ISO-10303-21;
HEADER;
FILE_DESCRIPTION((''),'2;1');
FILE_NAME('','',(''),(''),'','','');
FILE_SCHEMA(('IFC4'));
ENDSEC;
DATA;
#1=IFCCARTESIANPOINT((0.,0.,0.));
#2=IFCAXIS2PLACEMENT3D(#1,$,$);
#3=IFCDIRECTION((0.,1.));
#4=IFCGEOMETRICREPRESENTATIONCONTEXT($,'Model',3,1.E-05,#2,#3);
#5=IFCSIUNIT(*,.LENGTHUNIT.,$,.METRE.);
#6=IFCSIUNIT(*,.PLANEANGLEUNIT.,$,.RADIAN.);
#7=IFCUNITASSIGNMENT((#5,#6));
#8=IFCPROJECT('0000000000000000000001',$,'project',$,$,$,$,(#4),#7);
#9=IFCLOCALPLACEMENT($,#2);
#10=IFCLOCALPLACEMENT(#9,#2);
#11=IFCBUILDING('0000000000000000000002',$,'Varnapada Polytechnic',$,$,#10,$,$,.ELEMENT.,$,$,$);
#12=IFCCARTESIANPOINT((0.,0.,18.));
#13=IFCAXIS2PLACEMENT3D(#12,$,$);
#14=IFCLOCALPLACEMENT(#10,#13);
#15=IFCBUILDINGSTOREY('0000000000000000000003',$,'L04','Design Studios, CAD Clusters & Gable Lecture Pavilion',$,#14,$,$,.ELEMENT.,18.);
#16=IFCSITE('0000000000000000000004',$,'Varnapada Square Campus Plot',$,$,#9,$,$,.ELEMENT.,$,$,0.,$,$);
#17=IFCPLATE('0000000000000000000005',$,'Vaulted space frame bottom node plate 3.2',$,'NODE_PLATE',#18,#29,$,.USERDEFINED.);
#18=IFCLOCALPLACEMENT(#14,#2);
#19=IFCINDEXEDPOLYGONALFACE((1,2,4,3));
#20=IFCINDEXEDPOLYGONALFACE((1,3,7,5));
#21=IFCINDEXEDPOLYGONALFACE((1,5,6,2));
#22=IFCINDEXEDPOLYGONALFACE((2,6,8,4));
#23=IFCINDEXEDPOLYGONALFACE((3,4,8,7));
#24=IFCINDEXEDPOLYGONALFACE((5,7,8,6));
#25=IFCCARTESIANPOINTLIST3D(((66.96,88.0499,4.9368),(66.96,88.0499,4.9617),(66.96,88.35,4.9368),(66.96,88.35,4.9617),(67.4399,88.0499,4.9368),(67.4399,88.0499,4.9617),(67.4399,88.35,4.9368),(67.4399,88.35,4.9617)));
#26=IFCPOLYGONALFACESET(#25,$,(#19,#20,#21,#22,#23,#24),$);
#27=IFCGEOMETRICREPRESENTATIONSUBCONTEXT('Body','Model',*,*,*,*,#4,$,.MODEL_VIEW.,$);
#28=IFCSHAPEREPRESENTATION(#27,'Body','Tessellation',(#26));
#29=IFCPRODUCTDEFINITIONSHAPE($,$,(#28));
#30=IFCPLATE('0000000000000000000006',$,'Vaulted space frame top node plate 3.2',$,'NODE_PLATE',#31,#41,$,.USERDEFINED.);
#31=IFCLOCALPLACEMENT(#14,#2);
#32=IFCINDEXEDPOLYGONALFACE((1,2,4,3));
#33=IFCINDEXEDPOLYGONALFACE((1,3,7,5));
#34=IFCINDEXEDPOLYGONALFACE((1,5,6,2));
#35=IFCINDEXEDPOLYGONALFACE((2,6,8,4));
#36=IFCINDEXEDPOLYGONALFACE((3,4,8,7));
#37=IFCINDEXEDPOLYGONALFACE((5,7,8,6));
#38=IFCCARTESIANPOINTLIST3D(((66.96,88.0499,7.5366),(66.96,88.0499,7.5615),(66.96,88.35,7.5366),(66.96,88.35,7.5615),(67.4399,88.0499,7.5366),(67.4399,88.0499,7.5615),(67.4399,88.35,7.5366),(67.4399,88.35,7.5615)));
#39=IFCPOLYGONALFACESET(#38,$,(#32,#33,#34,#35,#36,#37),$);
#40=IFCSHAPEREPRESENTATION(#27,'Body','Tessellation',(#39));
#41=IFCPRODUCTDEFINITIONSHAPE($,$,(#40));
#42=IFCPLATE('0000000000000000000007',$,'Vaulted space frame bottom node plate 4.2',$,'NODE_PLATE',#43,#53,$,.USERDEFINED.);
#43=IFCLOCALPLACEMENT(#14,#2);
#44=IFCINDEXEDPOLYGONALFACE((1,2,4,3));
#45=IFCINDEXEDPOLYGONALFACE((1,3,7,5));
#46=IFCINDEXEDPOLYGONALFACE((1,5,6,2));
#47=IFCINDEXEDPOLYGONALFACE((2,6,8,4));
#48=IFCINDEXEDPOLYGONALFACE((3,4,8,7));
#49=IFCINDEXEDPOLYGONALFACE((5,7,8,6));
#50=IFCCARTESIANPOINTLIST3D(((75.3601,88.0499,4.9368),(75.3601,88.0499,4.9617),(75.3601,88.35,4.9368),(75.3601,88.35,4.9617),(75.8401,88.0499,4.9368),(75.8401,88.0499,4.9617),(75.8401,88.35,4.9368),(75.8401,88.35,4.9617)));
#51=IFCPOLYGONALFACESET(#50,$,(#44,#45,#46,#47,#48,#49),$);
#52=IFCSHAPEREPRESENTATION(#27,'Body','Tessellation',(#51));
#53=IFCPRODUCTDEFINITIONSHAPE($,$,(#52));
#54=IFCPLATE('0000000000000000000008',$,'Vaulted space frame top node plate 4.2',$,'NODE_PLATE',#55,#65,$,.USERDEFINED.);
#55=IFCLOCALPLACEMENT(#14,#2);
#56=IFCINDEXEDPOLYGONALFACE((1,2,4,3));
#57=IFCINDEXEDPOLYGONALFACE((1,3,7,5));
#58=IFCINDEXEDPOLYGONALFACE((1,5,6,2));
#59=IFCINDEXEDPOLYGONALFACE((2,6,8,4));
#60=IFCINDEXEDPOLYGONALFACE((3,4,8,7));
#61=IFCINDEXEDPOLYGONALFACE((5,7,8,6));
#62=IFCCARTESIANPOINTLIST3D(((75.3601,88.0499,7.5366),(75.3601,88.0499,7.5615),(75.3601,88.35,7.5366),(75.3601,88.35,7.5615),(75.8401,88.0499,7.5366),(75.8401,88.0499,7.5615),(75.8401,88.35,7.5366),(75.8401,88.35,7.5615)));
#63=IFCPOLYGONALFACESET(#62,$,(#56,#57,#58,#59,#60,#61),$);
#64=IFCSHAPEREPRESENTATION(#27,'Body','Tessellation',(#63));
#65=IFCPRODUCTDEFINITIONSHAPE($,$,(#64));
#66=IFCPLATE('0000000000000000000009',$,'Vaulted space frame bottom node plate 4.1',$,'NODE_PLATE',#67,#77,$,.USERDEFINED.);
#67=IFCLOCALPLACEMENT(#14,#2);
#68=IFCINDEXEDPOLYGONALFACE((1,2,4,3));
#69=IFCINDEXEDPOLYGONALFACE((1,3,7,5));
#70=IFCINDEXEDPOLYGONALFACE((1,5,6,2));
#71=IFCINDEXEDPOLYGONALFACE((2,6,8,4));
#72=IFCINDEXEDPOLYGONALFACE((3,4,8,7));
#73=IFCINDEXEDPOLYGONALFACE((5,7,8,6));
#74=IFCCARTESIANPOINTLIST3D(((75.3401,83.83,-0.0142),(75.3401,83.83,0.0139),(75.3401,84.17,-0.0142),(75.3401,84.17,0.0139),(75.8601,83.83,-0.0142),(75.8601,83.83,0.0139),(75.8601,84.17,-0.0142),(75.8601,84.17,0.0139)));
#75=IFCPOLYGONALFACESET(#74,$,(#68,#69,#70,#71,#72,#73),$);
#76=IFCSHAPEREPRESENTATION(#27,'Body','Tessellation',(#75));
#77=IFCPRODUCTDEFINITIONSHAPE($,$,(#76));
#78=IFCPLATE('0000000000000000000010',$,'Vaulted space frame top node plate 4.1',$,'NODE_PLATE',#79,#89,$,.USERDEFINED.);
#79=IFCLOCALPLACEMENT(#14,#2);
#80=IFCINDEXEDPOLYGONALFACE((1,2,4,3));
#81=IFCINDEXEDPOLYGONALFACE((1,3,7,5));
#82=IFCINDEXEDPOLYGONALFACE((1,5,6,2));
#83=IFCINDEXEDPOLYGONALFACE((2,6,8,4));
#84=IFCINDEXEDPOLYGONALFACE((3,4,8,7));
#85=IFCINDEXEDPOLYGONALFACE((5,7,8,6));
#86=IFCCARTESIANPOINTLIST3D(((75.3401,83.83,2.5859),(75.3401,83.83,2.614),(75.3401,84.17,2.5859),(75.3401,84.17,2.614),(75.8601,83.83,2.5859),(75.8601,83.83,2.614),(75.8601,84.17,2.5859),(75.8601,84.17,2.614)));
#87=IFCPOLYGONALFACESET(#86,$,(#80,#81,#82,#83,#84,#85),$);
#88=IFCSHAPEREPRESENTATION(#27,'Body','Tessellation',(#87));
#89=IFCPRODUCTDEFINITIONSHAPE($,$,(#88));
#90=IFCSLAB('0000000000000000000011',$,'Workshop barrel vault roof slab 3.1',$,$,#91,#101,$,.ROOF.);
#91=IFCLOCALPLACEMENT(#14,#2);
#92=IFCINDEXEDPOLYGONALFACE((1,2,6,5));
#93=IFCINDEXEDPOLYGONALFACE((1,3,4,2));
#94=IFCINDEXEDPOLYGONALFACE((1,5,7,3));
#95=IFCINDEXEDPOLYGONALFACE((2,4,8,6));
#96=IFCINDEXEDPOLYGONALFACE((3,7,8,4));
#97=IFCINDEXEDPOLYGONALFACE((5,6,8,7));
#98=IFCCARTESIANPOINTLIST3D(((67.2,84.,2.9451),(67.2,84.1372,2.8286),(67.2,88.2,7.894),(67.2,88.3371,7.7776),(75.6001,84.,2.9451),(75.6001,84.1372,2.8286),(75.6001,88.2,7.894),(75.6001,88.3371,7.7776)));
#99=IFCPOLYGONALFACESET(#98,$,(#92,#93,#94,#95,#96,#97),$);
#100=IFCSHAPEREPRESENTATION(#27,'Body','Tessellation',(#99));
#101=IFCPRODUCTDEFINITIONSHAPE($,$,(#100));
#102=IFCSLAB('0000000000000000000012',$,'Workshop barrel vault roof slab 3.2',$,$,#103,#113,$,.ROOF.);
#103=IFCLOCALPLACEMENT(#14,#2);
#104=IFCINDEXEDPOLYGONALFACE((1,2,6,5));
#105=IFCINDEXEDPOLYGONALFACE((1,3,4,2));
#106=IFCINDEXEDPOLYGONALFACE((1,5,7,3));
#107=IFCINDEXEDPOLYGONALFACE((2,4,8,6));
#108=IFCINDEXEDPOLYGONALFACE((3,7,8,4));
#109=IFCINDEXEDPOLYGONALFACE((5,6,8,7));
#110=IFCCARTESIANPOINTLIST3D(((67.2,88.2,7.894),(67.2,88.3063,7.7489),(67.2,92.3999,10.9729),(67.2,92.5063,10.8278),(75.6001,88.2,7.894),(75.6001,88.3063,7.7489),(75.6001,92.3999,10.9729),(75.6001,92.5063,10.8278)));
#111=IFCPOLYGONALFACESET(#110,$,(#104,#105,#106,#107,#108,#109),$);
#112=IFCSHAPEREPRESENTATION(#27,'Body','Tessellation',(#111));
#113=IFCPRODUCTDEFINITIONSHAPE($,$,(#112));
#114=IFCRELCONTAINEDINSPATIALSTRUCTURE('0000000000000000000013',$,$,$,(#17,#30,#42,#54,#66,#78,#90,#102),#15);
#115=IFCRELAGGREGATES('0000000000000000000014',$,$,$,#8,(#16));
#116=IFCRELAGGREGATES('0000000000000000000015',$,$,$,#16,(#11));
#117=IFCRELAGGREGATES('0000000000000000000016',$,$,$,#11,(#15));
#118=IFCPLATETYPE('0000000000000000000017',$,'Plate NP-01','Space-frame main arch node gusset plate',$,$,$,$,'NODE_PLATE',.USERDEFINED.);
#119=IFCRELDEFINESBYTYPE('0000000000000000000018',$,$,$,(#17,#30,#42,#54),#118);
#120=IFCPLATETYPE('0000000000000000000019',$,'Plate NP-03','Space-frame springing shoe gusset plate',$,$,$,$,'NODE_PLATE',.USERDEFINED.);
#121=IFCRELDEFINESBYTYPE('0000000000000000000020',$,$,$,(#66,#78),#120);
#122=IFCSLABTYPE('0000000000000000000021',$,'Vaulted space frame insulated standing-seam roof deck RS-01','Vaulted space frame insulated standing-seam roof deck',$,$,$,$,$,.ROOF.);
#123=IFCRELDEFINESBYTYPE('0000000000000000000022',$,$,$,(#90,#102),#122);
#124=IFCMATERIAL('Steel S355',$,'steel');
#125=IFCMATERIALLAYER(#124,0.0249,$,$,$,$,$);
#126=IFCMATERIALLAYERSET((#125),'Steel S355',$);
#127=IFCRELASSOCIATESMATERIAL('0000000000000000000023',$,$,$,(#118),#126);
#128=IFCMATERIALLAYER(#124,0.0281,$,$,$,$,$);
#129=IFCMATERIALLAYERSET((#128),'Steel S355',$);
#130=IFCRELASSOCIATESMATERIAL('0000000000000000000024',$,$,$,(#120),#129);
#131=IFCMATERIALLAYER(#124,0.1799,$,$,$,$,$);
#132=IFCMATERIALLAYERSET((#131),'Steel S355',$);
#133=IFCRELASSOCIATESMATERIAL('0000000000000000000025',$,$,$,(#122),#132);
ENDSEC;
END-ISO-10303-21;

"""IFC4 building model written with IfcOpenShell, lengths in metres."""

from ifc_helpers import new_model, si_unit, direction, frame, origin, origin_2d, place, context, subcontext, project, spatial, polyline, rectangle, outline, extrude, material, layer, layer_set, type_object, element, save


model = new_model("IFC4")

# Units and contexts
model_context = context("Model", 3, precision=1e-05, world=origin(), true_north=direction((0.0, 1.0)))
body_context = subcontext(model_context, "Body", "Model", "MODEL_VIEW")
ifc_project = project(units=[si_unit("LENGTHUNIT", "METRE"), si_unit("PLANEANGLEUNIT", "RADIAN")], contexts=[model_context])

# Site, building, storey
site_placement = place(None, origin())
site = spatial("IfcSite", under=ifc_project, at=site_placement, Name="Varnapada Square Campus Plot", CompositionType="ELEMENT", RefElevation=0.0)
building_placement = place(site_placement, origin())
building = spatial("IfcBuilding", under=site, at=building_placement, Name="Varnapada Polytechnic", CompositionType="ELEMENT")
storey_placement = place(building_placement, frame((0.0, 0.0, 18.0)))
storey = spatial("IfcBuildingStorey", under=building, at=storey_placement, Name="L04", Description="Design Studios, CAD Clusters & Gable Lecture Pavilion", CompositionType="ELEMENT", Elevation=18.0)

# Shared definitions
ifc_material = material(Name="Steel S355", Category="steel")

# Plates
ifc_layer_1 = layer(ifc_material, 0.0249)
ifc_layer_set_1 = layer_set([ifc_layer_1], Name="Steel S355")
plate_type_1 = type_object("IfcPlateType", Name="Plate NP-01", Description="Space-frame main arch node gusset plate", ElementType="NODE_PLATE", PredefinedType="USERDEFINED", material=ifc_layer_set_1)
for number, where, z_axis, x_axis, name in (
    (1, (67.2, 88.2, 4.9368), (0.0, 0.0, 1.0), (1.0, 0.0, 0.0), "Vaulted space frame bottom node plate 3.2"),
    (2, (67.2, 88.2, 7.5366), (0.0, 0.0, 1.0), (1.0, 0.0, 0.0), "Vaulted space frame top node plate 3.2"),
    (3, (75.6001, 88.2, 4.9368), (0.0, 0.0, 1.0), (1.0, 0.0, 0.0), "Vaulted space frame bottom node plate 4.2"),
    (4, (75.6001, 88.2, 7.5366), (0.0, 0.0, 1.0), (1.0, 0.0, 0.0), "Vaulted space frame top node plate 4.2"),
):
    element("IfcPlate", number, at=place(storey_placement, frame(where, z_axis=z_axis, x_axis=x_axis)), inside=storey, type_object=plate_type_1, Name=name, ObjectType="NODE_PLATE", PredefinedType="USERDEFINED", context=body_context, shape_type="SweptSolid", body=[
        extrude(rectangle(XDim=0.48, YDim=0.3, at=origin_2d()), origin(), (0.0, 0.0, 1.0), 0.0249),
    ])
ifc_layer_2 = layer(ifc_material, 0.0281)
ifc_layer_set_2 = layer_set([ifc_layer_2], Name="Steel S355")
plate_type_2 = type_object("IfcPlateType", Name="Plate NP-03", Description="Space-frame springing shoe gusset plate", ElementType="NODE_PLATE", PredefinedType="USERDEFINED", material=ifc_layer_set_2)
for number, where, z_axis, x_axis, name in (
    (5, (75.6001, 84.0, -0.0142), (0.0, 0.0, 1.0), (1.0, 0.0, 0.0), "Vaulted space frame bottom node plate 4.1"),
    (6, (75.6001, 84.0, 2.5859), (0.0, 0.0, 1.0), (1.0, 0.0, 0.0), "Vaulted space frame top node plate 4.1"),
):
    element("IfcPlate", number, at=place(storey_placement, frame(where, z_axis=z_axis, x_axis=x_axis)), inside=storey, type_object=plate_type_2, Name=name, ObjectType="NODE_PLATE", PredefinedType="USERDEFINED", context=body_context, shape_type="SweptSolid", body=[
        extrude(rectangle(XDim=0.52, YDim=0.3401, at=origin_2d()), origin(), (0.0, 0.0, 1.0), 0.0281),
    ])

# Slabs
ifc_layer_3 = layer(ifc_material, 0.1799)
ifc_layer_set_3 = layer_set([ifc_layer_3], Name="Steel S355")
slab_type = type_object("IfcSlabType", Name="Vaulted space frame insulated standing-seam roof deck RS-01", Description="Vaulted space frame insulated standing-seam roof deck", PredefinedType="ROOF", material=ifc_layer_set_3)
slab_1_placement = place(storey_placement, frame((67.2, 84.0, 2.9451), z_axis=(0.0, -0.762447, 0.647051), x_axis=(1.0, 0.0, 0.0)))
element("IfcSlab", 7, at=slab_1_placement, inside=storey, type_object=slab_type, Name="Workshop barrel vault roof slab 3.1", PredefinedType="ROOF", context=body_context, shape_type="SweptSolid", body=[
    extrude(outline(polyline([(0.0, 0.0), (8.4001, 0.0), (8.4001, 6.4909), (0.0, 6.4909), (0.0, 0.0)])), origin(), (0.0, 0.0, -1.0), 0.1799),
])
slab_2_placement = place(storey_placement, frame((67.2, 88.2, 7.894), z_axis=(0.0, -0.591225, 0.806506), x_axis=(1.0, 0.0, 0.0)))
element("IfcSlab", 8, at=slab_2_placement, inside=storey, type_object=slab_type, Name="Workshop barrel vault roof slab 3.2", PredefinedType="ROOF", context=body_context, shape_type="SweptSolid", body=[
    extrude(outline(polyline([(0.0, 0.0), (8.4001, 0.0), (8.4001, 5.2076), (0.0, 5.2076), (0.0, 0.0)])), origin(), (0.0, 0.0, -1.0), 0.1799),
])

save(model, "model.ifc")
